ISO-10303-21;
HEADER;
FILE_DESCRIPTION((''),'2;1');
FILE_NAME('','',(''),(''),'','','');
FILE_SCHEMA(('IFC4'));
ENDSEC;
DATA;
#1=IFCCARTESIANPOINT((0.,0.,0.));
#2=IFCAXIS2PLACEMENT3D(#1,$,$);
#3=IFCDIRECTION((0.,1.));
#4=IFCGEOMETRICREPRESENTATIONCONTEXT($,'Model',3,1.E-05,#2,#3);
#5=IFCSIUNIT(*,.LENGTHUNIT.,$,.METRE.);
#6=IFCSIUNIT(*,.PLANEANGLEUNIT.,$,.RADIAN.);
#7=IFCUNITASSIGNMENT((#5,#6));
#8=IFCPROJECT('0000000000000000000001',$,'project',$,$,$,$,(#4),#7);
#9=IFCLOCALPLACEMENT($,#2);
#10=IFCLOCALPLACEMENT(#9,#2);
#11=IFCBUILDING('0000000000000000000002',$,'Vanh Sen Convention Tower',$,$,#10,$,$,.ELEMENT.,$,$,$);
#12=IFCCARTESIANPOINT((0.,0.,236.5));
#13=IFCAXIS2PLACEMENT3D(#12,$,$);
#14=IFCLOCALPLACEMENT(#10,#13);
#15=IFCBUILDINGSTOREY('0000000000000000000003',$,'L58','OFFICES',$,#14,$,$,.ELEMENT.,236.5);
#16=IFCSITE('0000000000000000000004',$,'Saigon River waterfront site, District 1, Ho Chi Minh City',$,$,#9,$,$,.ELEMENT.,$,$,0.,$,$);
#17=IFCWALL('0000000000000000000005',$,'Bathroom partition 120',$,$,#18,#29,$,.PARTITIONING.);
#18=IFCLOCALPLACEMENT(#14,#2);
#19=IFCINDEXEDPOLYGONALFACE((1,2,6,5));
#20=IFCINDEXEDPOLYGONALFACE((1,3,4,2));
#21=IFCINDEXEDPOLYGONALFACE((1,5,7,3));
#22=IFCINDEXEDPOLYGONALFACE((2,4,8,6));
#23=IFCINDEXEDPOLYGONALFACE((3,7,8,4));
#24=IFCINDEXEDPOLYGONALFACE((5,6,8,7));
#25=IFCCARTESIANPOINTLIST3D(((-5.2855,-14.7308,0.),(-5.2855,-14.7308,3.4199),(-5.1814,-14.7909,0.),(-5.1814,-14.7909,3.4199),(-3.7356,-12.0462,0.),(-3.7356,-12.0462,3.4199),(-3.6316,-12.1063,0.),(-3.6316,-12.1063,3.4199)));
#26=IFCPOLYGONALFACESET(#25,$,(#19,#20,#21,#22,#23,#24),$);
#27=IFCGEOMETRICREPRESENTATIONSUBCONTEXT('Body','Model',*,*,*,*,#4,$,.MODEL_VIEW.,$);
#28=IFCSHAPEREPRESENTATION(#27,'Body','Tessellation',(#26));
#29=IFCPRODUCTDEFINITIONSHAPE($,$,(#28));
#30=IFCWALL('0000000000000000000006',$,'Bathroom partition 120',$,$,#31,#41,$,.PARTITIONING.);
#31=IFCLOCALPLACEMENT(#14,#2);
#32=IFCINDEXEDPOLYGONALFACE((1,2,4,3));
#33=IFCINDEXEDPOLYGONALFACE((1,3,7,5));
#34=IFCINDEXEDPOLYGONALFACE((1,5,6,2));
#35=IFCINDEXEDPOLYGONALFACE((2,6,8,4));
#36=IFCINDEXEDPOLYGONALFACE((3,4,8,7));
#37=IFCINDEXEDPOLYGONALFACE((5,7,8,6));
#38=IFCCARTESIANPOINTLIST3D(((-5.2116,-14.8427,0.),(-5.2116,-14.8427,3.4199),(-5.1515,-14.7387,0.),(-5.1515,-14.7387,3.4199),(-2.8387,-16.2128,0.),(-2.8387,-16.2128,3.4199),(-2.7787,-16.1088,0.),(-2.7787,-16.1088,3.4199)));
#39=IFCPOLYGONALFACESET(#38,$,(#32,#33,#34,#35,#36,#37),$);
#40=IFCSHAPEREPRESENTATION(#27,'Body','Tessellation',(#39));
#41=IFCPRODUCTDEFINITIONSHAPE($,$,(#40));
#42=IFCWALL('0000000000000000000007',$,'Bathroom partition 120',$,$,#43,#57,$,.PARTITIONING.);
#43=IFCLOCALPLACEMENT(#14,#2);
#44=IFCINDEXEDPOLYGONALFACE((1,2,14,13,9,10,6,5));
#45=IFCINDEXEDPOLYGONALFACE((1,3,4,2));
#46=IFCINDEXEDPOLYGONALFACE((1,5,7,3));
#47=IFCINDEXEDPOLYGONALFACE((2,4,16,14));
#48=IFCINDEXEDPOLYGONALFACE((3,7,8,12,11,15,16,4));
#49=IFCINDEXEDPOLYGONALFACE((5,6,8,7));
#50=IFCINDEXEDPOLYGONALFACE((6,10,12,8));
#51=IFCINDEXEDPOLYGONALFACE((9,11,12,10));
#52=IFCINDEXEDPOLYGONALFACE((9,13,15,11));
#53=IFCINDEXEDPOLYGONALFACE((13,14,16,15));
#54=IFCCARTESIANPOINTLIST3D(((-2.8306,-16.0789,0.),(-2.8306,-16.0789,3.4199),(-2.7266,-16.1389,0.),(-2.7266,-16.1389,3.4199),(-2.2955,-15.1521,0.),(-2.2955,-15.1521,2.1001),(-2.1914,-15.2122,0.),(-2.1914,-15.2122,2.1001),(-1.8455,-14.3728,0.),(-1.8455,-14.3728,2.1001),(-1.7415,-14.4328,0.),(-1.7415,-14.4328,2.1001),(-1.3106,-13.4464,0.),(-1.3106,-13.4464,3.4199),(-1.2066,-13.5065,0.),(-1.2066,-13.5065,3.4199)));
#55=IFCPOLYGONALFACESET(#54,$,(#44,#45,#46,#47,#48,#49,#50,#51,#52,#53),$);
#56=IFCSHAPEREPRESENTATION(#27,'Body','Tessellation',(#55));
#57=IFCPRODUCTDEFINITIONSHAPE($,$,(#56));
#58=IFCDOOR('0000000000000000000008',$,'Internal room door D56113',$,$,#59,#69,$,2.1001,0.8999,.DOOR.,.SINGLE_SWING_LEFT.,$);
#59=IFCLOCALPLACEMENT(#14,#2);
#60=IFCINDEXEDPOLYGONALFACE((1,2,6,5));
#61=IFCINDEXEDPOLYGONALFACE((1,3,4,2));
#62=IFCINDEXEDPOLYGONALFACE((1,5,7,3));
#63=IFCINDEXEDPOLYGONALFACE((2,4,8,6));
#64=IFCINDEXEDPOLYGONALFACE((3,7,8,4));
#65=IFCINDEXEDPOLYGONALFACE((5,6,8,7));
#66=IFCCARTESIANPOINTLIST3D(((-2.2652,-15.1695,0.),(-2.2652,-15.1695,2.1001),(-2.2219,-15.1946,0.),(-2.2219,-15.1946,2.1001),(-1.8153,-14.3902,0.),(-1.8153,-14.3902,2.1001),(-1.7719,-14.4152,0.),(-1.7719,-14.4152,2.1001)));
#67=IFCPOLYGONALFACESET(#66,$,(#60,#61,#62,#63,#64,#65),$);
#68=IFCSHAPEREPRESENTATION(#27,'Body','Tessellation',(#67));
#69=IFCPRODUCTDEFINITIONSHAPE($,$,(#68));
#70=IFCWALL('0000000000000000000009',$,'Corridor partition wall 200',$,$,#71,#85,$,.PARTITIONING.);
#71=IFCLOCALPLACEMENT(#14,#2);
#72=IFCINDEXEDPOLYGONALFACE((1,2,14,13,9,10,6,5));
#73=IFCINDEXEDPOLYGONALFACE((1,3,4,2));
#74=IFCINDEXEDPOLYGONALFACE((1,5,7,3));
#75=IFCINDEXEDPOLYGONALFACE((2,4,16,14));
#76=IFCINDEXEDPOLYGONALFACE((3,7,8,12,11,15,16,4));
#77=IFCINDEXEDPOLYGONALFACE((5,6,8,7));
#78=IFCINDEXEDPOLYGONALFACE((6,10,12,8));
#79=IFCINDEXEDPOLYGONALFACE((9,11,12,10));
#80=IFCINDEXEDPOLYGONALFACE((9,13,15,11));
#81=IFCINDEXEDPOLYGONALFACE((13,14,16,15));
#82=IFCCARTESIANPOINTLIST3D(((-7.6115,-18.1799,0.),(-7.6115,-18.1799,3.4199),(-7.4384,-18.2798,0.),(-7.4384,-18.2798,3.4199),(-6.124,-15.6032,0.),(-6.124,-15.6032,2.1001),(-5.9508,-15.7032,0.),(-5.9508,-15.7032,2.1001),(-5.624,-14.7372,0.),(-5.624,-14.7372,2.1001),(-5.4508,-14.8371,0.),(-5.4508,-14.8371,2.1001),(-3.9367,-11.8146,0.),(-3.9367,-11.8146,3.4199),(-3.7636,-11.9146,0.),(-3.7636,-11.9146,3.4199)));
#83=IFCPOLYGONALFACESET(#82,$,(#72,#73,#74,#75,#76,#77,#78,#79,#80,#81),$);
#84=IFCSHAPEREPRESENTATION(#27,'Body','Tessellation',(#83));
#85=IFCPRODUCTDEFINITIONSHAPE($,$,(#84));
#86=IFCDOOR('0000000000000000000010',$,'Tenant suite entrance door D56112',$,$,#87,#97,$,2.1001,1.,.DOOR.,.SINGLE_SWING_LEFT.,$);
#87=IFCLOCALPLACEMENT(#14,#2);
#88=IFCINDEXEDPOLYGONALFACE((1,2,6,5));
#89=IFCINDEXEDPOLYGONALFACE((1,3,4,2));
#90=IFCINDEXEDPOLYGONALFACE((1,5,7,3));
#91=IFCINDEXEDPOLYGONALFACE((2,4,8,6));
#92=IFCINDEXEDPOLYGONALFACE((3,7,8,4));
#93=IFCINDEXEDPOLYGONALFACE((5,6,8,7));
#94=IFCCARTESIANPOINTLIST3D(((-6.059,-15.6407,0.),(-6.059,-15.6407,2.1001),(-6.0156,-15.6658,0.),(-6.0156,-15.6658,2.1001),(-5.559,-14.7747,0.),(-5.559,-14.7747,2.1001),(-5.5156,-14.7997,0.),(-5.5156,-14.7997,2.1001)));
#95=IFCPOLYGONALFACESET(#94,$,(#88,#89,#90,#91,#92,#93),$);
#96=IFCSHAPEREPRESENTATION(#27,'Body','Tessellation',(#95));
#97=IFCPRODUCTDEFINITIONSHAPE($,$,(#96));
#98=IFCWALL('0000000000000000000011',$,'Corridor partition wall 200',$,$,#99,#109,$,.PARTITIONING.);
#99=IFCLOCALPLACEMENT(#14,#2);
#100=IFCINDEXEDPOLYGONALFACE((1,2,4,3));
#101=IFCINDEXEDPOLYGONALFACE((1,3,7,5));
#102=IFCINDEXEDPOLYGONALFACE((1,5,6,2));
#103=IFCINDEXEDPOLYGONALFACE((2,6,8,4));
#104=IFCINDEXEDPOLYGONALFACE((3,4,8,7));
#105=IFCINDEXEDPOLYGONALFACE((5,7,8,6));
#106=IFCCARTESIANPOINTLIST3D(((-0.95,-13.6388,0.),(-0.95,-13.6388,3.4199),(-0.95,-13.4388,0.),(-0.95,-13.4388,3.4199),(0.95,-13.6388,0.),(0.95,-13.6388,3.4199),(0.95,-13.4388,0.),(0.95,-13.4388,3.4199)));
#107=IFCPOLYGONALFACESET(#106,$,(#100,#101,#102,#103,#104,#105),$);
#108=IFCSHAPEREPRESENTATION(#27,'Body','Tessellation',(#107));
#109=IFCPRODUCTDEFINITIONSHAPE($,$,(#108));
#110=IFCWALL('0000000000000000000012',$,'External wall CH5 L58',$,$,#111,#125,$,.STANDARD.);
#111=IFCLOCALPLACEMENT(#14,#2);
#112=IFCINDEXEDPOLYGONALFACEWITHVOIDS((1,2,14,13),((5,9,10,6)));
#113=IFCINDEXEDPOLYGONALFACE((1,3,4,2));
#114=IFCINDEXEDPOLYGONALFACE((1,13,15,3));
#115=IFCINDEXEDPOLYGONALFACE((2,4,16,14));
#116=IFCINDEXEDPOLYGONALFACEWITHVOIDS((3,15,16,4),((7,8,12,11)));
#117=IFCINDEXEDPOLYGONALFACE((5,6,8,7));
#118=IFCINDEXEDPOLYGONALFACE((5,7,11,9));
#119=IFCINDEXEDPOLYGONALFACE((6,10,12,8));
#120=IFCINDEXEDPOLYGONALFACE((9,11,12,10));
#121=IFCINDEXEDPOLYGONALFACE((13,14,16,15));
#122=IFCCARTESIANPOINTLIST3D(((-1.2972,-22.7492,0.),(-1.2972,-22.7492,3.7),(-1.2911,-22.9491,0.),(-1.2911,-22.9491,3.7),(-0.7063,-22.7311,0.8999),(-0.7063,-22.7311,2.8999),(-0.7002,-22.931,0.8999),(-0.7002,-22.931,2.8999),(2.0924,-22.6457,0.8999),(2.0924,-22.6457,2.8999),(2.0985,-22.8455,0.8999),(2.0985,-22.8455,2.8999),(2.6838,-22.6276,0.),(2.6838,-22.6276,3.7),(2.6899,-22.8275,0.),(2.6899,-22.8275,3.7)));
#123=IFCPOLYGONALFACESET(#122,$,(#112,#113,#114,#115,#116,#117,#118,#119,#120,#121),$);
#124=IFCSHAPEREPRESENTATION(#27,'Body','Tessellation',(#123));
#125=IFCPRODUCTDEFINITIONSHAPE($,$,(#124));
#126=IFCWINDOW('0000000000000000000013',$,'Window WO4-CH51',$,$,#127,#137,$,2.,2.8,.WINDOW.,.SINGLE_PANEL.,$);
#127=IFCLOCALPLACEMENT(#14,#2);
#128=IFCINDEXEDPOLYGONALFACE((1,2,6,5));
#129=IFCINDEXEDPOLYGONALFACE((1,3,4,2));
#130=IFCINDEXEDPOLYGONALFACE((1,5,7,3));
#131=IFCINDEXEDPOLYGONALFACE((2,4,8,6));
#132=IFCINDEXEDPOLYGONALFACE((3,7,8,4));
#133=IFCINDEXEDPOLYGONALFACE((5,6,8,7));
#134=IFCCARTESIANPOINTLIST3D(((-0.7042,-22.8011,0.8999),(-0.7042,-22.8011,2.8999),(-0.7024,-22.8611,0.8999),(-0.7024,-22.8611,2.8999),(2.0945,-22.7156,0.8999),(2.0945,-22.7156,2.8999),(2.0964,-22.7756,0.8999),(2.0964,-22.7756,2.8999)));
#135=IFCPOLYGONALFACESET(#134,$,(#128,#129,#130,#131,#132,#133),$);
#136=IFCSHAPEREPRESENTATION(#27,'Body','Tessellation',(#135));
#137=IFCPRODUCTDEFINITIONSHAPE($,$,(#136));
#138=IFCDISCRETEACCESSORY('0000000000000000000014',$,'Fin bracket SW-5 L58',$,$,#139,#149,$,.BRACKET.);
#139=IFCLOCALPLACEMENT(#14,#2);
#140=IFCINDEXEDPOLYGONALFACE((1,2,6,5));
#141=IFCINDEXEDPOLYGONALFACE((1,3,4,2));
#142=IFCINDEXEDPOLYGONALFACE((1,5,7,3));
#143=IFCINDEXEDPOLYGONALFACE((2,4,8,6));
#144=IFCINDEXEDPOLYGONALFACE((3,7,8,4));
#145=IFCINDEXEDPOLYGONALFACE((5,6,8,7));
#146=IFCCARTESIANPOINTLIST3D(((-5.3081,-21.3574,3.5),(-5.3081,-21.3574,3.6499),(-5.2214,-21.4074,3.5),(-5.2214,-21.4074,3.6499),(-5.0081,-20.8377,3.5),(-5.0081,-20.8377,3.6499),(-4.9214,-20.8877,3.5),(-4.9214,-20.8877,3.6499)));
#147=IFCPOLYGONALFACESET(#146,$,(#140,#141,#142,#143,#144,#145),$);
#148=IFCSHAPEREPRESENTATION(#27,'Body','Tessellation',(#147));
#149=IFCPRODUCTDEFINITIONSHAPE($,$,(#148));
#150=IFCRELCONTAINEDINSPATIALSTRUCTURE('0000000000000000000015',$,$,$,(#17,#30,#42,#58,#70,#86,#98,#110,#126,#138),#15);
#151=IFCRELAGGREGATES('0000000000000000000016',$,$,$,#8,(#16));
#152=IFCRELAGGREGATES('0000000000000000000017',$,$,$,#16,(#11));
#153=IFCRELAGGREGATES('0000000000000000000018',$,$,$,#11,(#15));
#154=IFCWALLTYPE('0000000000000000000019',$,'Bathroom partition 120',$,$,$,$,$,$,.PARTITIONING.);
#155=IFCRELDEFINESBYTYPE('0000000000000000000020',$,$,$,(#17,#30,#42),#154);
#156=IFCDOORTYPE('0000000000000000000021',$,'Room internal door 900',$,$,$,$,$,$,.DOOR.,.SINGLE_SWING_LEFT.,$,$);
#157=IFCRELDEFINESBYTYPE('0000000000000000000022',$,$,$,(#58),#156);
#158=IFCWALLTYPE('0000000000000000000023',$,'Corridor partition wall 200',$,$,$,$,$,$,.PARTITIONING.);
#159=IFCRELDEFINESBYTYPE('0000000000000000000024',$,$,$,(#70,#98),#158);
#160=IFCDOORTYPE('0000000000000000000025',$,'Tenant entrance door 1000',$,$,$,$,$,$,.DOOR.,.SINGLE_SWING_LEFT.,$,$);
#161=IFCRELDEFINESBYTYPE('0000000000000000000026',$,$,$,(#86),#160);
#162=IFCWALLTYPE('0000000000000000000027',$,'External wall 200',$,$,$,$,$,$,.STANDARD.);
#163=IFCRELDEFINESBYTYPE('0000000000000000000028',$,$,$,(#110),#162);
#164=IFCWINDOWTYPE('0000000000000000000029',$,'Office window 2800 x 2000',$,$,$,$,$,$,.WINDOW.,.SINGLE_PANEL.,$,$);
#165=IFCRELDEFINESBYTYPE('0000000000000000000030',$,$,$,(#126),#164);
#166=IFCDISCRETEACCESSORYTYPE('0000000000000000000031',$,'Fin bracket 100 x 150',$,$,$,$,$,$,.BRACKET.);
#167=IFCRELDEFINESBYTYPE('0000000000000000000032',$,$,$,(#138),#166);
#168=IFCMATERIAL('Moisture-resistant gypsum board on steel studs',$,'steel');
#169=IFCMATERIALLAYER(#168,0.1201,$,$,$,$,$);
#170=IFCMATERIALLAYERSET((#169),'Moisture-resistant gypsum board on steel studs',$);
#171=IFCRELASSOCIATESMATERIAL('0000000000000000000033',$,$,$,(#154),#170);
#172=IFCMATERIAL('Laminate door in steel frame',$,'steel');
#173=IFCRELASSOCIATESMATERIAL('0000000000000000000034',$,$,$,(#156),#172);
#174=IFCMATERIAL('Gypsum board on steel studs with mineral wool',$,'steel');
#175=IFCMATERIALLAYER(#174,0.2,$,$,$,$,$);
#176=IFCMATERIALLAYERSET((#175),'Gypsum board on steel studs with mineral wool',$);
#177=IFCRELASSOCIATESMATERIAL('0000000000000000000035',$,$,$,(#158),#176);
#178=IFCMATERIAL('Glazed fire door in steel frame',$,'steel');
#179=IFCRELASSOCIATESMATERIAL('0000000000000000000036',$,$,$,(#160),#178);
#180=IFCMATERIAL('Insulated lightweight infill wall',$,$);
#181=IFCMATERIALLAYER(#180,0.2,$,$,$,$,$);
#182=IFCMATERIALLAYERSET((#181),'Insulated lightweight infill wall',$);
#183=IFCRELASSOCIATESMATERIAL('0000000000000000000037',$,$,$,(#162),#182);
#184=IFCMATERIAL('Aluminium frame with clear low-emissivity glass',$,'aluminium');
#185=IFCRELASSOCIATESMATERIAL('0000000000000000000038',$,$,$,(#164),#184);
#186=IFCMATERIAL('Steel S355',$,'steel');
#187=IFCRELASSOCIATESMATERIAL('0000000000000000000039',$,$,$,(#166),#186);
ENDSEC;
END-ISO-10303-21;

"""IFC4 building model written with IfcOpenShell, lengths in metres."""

from ifc_helpers import new_model, si_unit, direction, frame, frame_2d, origin, origin_2d, place, context, subcontext, project, spatial, rectangle, extrude, material, layer, layer_set, type_object, element, fill, save


model = new_model("IFC4")

# Units and contexts
model_context = context("Model", 3, precision=1e-05, world=origin(), true_north=direction((0.0, 1.0)))
body_context = subcontext(model_context, "Body", "Model", "MODEL_VIEW")
ifc_project = project(units=[si_unit("LENGTHUNIT", "METRE"), si_unit("PLANEANGLEUNIT", "RADIAN")], contexts=[model_context])

# Site, building, storey
site_placement = place(None, origin())
site = spatial("IfcSite", under=ifc_project, at=site_placement, Name="Saigon River waterfront site, District 1, Ho Chi Minh City", CompositionType="ELEMENT", RefElevation=0.0)
building_placement = place(site_placement, origin())
building = spatial("IfcBuilding", under=site, at=building_placement, Name="Vanh Sen Convention Tower", CompositionType="ELEMENT")
storey_placement = place(building_placement, frame((0.0, 0.0, 236.5)))
storey = spatial("IfcBuildingStorey", under=building, at=storey_placement, Name="L58", Description="OFFICES", CompositionType="ELEMENT", Elevation=236.5)

# Walls
ifc_material_1 = material(Name="Moisture-resistant gypsum board on steel studs", Category="steel")
ifc_layer_1 = layer(ifc_material_1, 0.1201)
ifc_layer_set_1 = layer_set([ifc_layer_1], Name="Moisture-resistant gypsum board on steel studs")
wall_type_1 = type_object("IfcWallType", Name="Bathroom partition 120", PredefinedType="PARTITIONING", material=ifc_layer_set_1)
wall_1_placement = place(storey_placement, frame((-5.2334, -14.7607, 0.0), z_axis=(0.0, 0.0, 1.0), x_axis=(0.499968, 0.866044, 0.0)))
element("IfcWall", 1, at=wall_1_placement, inside=storey, type_object=wall_type_1, Name="Bathroom partition 120", PredefinedType="PARTITIONING", context=body_context, shape_type="SweptSolid", body=[
    extrude(rectangle(XDim=3.0999, YDim=0.1201, at=frame_2d((1.5498, 0.0))), origin(), (0.0, 0.0, 1.0), 3.4199),
])
wall_2_placement = place(storey_placement, frame((-2.8086, -16.1609, 0.0), z_axis=(0.0, 0.0, 1.0), x_axis=(-0.865997, 0.500049, 0.0)))
element("IfcWall", 2, at=wall_2_placement, inside=storey, type_object=wall_type_1, Name="Bathroom partition 120", PredefinedType="PARTITIONING", context=body_context, shape_type="SweptSolid", body=[
    extrude(rectangle(XDim=2.74, YDim=0.1201, at=frame_2d((1.3701, 0.0))), origin(), (0.0, 0.0, 1.0), 3.4199),
])

# Walls, openings, doors
wall_3_placement = place(storey_placement, frame((-1.2585, -13.4763, 0.0), z_axis=(0.0, 0.0, 1.0), x_axis=(-0.500026, -0.86601, 0.0)))
wall_3 = element("IfcWall", 3, at=wall_3_placement, inside=storey, type_object=wall_type_1, Name="Bathroom partition 120", PredefinedType="PARTITIONING", context=body_context, shape_type="SweptSolid", body=[
    extrude(rectangle(XDim=3.0398, YDim=0.1201, at=frame_2d((1.52, 0.0))), origin(), (0.0, 0.0, 1.0), 3.4199),
])
opening_1_placement = place(wall_3_placement, frame((1.0698, 0.0, 0.0)))
opening_1 = element("IfcOpeningElement", 4, at=opening_1_placement, cuts=wall_3, PredefinedType="OPENING", context=body_context, shape_type="SweptSolid", body=[
    extrude(rectangle(XDim=0.8999, YDim=2.1001, at=frame_2d((0.45, 1.05))), frame((0.0, 0.0701, 0.0), z_axis=(0.0, -1.0, 0.0), x_axis=(1.0, 0.0, 0.0)), (0.0, 0.0, 1.0), 0.1401),
])
ifc_material_2 = material(Name="Laminate door in steel frame", Category="steel")
door_type_1 = type_object("IfcDoorType", Name="Room internal door 900", OperationType="SINGLE_SWING_LEFT", PredefinedType="DOOR", material=ifc_material_2)
door_1_placement = place(opening_1_placement, origin())
door_1 = element("IfcDoor", 5, at=door_1_placement, inside=storey, type_object=door_type_1, Name="Internal room door D56113", OperationType="SINGLE_SWING_LEFT", OverallHeight=2.1001, OverallWidth=0.8999, PredefinedType="DOOR", context=body_context, shape_type="SweptSolid", body=[
    extrude(rectangle(XDim=0.8999, YDim=2.1001, at=frame_2d((0.45, 1.05))), frame((0.0, 0.0249, 0.0), z_axis=(0.0, -1.0, 0.0), x_axis=(1.0, 0.0, 0.0)), (0.0, 0.0, 1.0), 0.05),
])
fill(opening_1, door_1)
ifc_material_3 = material(Name="Gypsum board on steel studs with mineral wool", Category="steel")
ifc_layer_2 = layer(ifc_material_3, 0.2)
ifc_layer_set_2 = layer_set([ifc_layer_2], Name="Gypsum board on steel studs with mineral wool")
wall_type_2 = type_object("IfcWallType", Name="Corridor partition wall 200", PredefinedType="PARTITIONING", material=ifc_layer_set_2)
wall_4_placement = place(storey_placement, frame((-7.5249, -18.2297, 0.0), z_axis=(0.0, 0.0, 1.0), x_axis=(0.499983, 0.866035, 0.0)))
wall_4 = element("IfcWall", 6, at=wall_4_placement, inside=storey, type_object=wall_type_2, Name="Corridor partition wall 200", PredefinedType="PARTITIONING", context=body_context, shape_type="SweptSolid", body=[
    extrude(rectangle(XDim=7.3499, YDim=0.2, at=frame_2d((3.6748, 0.0))), origin(), (0.0, 0.0, 1.0), 3.4199),
])
opening_2_placement = place(wall_4_placement, frame((2.9751, 0.0, 0.0)))
opening_2 = element("IfcOpeningElement", 7, at=opening_2_placement, cuts=wall_4, PredefinedType="OPENING", context=body_context, shape_type="SweptSolid", body=[
    extrude(rectangle(XDim=1.0, YDim=2.1001, at=frame_2d((0.5, 1.05))), frame((0.0, 0.1099, 0.0), z_axis=(0.0, -1.0, 0.0), x_axis=(1.0, 0.0, 0.0)), (0.0, 0.0, 1.0), 0.22),
])
ifc_material_4 = material(Name="Glazed fire door in steel frame", Category="steel")
door_type_2 = type_object("IfcDoorType", Name="Tenant entrance door 1000", OperationType="SINGLE_SWING_LEFT", PredefinedType="DOOR", material=ifc_material_4)
door_2_placement = place(opening_2_placement, origin())
door_2 = element("IfcDoor", 8, at=door_2_placement, inside=storey, type_object=door_type_2, Name="Tenant suite entrance door D56112", OperationType="SINGLE_SWING_LEFT", OverallHeight=2.1001, OverallWidth=1.0, PredefinedType="DOOR", context=body_context, shape_type="SweptSolid", body=[
    extrude(rectangle(XDim=1.0, YDim=2.1001, at=frame_2d((0.5, 1.05))), frame((0.0, 0.0249, 0.0), z_axis=(0.0, -1.0, 0.0), x_axis=(1.0, 0.0, 0.0)), (0.0, 0.0, 1.0), 0.05),
])
fill(opening_2, door_2)

# Wall
wall_5_placement = place(storey_placement, frame((-0.95, -13.5388, 0.0), z_axis=(0.0, 0.0, 1.0), x_axis=(1.0, 0.0, 0.0)))
element("IfcWall", 9, at=wall_5_placement, inside=storey, type_object=wall_type_2, Name="Corridor partition wall 200", PredefinedType="PARTITIONING", context=body_context, shape_type="SweptSolid", body=[
    extrude(rectangle(XDim=1.8999, YDim=0.2, at=frame_2d((0.95, 0.0))), origin(), (0.0, 0.0, 1.0), 3.4199),
])

# Wall, opening, window
ifc_material_5 = material(Name="Insulated lightweight infill wall")
ifc_layer_3 = layer(ifc_material_5, 0.2)
ifc_layer_set_3 = layer_set([ifc_layer_3], Name="Insulated lightweight infill wall")
wall_type_3 = type_object("IfcWallType", Name="External wall 200", PredefinedType="STANDARD", material=ifc_layer_set_3)
wall_6_placement = place(storey_placement, frame((-1.2942, -22.8491, 0.0), z_axis=(0.0, 0.0, 1.0), x_axis=(0.999534, 0.030527, 0.0)))
wall_6 = element("IfcWall", 10, at=wall_6_placement, inside=storey, type_object=wall_type_3, Name="External wall CH5 L58", PredefinedType="STANDARD", context=body_context, shape_type="SweptSolid", body=[
    extrude(rectangle(XDim=3.9829, YDim=0.2, at=frame_2d((1.9915, 0.0))), origin(), (0.0, 0.0, 1.0), 3.7),
])
opening_3_placement = place(wall_6_placement, frame((0.5913, 0.0, 0.8999)))
opening_3 = element("IfcOpeningElement", 11, at=opening_3_placement, cuts=wall_6, PredefinedType="OPENING", context=body_context, shape_type="SweptSolid", body=[
    extrude(rectangle(XDim=2.8, YDim=2.0, at=frame_2d((1.3999, 1.0))), frame((0.0, 0.1099, 0.0), z_axis=(0.0, -1.0, 0.0), x_axis=(1.0, 0.0, 0.0)), (0.0, 0.0, 1.0), 0.22),
])
ifc_material_6 = material(Name="Aluminium frame with clear low-emissivity glass", Category="aluminium")
window_type = type_object("IfcWindowType", Name="Office window 2800 x 2000", PartitioningType="SINGLE_PANEL", PredefinedType="WINDOW", material=ifc_material_6)
window_placement = place(opening_3_placement, origin())
window = element("IfcWindow", 12, at=window_placement, inside=storey, type_object=window_type, Name="Window WO4-CH51", OverallHeight=2.0, OverallWidth=2.8, PartitioningType="SINGLE_PANEL", PredefinedType="WINDOW", context=body_context, shape_type="SweptSolid", body=[
    extrude(rectangle(XDim=2.8, YDim=2.0, at=frame_2d((1.3999, 1.0))), frame((0.0, 0.03, 0.0), z_axis=(0.0, -1.0, 0.0), x_axis=(1.0, 0.0, 0.0)), (0.0, 0.0, 1.0), 0.0601),
])
fill(opening_3, window)

# Discrete accessory
ifc_material_7 = material(Name="Steel S355", Category="steel")
discrete_accessory_type = type_object("IfcDiscreteAccessoryType", Name="Fin bracket 100 x 150", PredefinedType="BRACKET", material=ifc_material_7)
discrete_accessory_placement = place(storey_placement, frame((-5.1147, -21.1226, 3.5), z_axis=(0.0, 0.0, 1.0), x_axis=(-0.5, -0.866025, 0.0)))
element("IfcDiscreteAccessory", 13, at=discrete_accessory_placement, inside=storey, type_object=discrete_accessory_type, Name="Fin bracket SW-5 L58", PredefinedType="BRACKET", context=body_context, shape_type="SweptSolid", body=[
    extrude(rectangle(XDim=0.6001, YDim=0.1001, at=origin_2d()), origin(), (0.0, 0.0, 1.0), 0.1499),
])

save(model, "model.ifc")
